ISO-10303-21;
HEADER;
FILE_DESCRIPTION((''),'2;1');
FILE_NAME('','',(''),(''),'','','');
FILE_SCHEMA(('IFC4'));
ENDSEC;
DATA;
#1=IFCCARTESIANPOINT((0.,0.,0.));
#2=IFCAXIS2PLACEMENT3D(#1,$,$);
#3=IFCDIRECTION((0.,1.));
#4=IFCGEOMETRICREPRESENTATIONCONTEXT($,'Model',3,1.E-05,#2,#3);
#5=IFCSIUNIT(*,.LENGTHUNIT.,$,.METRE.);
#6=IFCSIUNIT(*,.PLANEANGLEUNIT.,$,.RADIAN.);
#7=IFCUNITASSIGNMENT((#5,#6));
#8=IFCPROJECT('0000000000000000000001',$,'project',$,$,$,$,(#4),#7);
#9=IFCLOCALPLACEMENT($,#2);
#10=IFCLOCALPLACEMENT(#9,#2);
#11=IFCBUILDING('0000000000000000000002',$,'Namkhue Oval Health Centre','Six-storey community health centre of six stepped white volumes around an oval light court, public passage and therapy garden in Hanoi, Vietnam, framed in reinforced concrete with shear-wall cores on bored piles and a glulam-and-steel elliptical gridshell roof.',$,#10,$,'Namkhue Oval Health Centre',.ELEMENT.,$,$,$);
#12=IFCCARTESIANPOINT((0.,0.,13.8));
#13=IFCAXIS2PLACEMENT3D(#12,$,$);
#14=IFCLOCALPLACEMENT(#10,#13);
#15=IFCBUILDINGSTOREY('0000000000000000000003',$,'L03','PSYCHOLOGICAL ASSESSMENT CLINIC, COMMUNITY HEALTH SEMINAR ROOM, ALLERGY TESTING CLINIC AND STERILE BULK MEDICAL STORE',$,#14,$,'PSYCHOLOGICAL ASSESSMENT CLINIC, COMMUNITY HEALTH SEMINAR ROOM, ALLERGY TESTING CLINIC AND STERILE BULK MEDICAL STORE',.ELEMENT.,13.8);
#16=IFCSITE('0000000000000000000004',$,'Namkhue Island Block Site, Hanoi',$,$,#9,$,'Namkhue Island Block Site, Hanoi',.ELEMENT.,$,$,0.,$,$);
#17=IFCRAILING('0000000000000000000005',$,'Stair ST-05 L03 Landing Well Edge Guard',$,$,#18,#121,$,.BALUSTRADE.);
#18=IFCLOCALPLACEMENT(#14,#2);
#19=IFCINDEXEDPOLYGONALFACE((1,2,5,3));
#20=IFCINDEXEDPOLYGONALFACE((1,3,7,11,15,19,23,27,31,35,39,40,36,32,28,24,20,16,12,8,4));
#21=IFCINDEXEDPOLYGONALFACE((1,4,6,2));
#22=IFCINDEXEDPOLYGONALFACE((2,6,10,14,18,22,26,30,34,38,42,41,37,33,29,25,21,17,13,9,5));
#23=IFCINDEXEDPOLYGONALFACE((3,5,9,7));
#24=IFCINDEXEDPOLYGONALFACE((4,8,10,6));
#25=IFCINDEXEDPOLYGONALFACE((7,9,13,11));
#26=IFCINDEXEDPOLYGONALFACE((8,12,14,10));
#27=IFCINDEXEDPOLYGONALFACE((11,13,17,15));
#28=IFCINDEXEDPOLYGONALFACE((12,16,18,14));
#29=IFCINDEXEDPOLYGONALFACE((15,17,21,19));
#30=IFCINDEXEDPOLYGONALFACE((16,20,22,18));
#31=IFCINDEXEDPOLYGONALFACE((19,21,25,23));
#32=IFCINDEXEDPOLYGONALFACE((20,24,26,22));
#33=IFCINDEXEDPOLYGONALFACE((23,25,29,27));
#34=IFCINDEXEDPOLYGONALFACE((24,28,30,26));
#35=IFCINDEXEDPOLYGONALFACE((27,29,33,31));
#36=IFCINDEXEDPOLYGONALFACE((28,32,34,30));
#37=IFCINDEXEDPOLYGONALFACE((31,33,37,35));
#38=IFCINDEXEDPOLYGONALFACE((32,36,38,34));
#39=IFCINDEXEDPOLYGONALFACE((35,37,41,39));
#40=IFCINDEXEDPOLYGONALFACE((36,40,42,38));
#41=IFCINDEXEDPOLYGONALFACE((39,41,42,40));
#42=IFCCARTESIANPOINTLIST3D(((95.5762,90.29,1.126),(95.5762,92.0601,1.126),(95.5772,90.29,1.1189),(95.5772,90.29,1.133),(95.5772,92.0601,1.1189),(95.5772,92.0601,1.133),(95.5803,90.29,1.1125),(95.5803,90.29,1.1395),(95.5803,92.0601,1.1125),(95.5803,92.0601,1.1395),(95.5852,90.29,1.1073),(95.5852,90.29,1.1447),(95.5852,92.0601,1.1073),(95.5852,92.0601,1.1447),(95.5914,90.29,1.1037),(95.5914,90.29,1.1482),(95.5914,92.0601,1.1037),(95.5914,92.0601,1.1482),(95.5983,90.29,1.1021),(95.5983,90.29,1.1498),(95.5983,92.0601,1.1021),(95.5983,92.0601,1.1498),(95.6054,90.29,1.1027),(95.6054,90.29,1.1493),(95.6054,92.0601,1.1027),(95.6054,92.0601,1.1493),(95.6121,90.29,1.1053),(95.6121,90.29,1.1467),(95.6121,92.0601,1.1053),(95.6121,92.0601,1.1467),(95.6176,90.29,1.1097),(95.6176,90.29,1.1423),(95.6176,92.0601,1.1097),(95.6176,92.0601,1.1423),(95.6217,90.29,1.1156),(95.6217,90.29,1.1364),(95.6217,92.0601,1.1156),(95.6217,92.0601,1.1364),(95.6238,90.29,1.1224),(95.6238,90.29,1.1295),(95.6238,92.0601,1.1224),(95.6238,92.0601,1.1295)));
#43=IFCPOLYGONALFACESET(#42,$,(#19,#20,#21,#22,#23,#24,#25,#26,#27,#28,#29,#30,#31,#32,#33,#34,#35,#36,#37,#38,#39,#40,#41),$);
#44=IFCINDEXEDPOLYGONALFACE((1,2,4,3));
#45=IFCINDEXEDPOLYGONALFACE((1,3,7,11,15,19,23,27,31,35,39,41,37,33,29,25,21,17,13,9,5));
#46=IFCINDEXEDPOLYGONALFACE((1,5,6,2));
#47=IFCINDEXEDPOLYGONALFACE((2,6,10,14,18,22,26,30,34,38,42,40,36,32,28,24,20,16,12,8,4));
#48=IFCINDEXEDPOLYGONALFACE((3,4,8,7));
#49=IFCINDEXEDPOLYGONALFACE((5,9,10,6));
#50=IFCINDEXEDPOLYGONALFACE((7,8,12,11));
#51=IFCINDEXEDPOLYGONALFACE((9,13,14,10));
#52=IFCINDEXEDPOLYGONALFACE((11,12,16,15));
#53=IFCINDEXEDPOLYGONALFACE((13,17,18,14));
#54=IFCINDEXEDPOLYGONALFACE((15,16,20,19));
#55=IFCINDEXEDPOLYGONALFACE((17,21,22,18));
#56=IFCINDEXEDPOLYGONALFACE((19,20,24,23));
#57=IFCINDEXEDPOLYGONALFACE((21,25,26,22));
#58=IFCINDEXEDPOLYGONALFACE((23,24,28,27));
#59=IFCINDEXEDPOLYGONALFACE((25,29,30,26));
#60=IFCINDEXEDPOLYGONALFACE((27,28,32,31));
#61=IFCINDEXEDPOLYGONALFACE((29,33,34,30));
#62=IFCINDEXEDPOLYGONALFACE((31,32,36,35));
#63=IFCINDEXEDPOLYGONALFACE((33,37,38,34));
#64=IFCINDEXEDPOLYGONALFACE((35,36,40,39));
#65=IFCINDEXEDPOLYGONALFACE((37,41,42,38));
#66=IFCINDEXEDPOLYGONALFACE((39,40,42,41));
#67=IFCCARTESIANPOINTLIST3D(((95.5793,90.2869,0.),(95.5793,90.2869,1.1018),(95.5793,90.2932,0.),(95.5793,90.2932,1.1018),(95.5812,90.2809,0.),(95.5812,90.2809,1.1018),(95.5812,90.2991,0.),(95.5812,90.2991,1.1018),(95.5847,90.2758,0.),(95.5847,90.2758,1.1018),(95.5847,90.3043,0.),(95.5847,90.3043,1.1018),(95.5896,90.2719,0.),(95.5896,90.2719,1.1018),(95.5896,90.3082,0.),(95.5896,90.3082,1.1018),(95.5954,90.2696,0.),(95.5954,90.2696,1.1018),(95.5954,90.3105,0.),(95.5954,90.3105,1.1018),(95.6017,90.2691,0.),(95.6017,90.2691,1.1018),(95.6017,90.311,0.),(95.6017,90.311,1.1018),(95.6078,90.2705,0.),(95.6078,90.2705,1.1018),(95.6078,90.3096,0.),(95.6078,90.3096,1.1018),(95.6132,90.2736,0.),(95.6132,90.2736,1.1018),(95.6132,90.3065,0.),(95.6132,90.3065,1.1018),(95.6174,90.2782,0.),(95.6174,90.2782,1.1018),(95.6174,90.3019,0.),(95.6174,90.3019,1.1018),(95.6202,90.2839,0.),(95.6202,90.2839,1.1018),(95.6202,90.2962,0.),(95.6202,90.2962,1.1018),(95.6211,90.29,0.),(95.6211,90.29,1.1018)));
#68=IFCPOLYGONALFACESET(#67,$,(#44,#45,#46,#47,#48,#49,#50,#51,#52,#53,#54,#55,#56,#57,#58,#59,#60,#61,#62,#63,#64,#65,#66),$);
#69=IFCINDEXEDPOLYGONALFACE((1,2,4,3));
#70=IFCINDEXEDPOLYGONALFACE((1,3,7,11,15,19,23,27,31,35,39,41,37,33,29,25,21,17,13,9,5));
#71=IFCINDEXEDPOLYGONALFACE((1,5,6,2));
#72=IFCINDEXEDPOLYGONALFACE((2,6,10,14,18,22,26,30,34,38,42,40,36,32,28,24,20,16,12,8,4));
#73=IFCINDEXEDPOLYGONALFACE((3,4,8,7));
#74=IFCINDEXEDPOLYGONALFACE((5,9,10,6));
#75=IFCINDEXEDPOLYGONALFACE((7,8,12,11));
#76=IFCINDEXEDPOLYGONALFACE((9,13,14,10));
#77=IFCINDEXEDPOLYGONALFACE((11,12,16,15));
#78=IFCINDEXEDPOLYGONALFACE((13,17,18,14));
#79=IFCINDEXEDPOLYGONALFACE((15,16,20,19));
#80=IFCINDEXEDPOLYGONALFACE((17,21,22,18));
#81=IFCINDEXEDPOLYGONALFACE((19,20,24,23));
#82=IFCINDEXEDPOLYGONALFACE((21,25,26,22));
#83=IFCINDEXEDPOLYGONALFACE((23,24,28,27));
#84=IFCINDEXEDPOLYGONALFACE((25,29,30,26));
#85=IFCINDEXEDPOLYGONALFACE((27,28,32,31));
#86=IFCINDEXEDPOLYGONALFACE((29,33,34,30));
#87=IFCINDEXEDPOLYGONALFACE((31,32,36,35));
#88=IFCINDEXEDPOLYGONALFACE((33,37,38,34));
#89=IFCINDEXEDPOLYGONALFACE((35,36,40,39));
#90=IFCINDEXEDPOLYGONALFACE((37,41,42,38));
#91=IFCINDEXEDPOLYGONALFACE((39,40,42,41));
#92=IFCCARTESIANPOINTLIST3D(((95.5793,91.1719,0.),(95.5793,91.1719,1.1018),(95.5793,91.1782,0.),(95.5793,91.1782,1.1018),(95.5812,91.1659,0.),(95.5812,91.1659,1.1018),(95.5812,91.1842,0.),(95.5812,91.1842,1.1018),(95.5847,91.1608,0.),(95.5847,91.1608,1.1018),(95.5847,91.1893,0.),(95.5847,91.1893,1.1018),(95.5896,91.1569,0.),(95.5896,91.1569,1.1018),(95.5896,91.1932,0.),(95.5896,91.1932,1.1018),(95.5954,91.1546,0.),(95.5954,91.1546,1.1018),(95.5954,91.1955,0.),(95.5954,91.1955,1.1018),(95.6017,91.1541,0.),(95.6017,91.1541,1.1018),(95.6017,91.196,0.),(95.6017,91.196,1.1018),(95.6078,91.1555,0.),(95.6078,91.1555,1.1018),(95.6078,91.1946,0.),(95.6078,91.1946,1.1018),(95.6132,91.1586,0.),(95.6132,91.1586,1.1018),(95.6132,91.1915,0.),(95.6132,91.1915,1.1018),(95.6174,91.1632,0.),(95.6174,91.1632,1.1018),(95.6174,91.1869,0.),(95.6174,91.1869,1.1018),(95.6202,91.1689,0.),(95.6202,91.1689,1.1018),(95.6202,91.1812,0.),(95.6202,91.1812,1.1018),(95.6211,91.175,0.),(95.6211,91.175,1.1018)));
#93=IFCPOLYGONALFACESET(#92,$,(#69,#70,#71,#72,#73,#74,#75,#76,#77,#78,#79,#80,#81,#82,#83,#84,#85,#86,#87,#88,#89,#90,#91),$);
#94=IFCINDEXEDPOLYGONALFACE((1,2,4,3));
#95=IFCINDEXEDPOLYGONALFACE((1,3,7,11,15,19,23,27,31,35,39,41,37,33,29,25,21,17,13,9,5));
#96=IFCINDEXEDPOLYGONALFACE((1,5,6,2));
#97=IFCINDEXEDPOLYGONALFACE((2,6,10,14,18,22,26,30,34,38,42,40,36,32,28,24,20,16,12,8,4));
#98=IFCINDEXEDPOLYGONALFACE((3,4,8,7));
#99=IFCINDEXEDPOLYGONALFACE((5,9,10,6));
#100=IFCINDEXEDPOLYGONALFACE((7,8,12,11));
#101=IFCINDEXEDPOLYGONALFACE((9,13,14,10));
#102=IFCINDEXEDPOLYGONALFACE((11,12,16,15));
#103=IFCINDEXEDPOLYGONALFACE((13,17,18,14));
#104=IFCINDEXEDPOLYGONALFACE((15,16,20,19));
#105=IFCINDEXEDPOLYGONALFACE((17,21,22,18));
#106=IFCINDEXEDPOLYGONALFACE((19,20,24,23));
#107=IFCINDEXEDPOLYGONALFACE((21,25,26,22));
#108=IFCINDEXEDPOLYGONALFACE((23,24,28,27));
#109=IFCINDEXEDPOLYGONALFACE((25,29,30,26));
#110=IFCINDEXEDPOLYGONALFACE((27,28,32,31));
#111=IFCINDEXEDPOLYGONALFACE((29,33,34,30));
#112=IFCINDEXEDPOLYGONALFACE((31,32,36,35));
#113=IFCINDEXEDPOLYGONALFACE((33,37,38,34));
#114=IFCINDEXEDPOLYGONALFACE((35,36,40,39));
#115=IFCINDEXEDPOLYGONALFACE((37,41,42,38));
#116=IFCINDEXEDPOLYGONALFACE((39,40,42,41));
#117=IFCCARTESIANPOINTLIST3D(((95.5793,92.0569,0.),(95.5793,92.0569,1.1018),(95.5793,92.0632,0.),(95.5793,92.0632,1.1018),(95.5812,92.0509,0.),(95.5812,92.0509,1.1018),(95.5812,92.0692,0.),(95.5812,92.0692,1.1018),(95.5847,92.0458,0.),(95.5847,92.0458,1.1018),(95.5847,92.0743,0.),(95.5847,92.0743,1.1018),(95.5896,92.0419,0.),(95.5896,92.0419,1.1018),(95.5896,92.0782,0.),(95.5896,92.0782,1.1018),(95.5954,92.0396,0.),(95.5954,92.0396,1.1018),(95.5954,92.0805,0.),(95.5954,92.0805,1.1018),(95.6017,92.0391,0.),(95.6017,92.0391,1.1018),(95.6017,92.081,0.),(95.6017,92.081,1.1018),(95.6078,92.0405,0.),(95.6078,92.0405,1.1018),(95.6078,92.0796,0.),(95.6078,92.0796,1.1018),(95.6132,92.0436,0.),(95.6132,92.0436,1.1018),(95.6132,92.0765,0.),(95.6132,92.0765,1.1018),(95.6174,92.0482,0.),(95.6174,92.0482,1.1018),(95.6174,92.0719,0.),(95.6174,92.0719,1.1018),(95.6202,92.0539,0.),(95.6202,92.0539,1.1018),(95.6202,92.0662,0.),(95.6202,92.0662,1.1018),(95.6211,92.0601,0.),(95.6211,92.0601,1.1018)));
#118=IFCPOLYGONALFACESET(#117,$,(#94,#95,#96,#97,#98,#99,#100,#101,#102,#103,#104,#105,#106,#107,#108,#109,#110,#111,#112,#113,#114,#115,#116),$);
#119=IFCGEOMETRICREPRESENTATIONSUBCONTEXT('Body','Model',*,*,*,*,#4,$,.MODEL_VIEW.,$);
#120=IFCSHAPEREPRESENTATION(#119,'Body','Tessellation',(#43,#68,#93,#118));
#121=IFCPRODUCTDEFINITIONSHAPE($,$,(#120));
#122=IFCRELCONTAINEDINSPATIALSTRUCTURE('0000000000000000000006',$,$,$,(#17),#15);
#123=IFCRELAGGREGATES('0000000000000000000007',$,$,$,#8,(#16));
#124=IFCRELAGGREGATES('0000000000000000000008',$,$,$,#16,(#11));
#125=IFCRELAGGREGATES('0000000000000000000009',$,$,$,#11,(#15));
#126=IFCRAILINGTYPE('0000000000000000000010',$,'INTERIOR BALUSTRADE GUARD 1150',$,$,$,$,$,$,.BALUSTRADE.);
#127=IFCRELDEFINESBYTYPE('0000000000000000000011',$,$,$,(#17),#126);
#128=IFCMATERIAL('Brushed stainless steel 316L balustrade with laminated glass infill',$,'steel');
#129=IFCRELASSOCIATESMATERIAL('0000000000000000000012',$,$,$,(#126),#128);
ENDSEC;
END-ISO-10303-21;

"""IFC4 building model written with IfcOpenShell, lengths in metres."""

from ifc_helpers import new_model, si_unit, direction, frame, origin, origin_2d, place, context, subcontext, project, spatial, circle, extrude, material, type_object, element, save


model = new_model("IFC4")

# Units and contexts
model_context = context("Model", 3, precision=1e-05, world=origin(), true_north=direction((0.0, 1.0)))
body_context = subcontext(model_context, "Body", "Model", "MODEL_VIEW")
ifc_project = project(units=[si_unit("LENGTHUNIT", "METRE"), si_unit("PLANEANGLEUNIT", "RADIAN")], contexts=[model_context])

# Site, building, storey
site_placement = place(None, origin())
site = spatial("IfcSite", under=ifc_project, at=site_placement, Name="Namkhue Island Block Site, Hanoi", LongName="Namkhue Island Block Site, Hanoi", CompositionType="ELEMENT", RefElevation=0.0)
building_placement = place(site_placement, origin())
building = spatial("IfcBuilding", under=site, at=building_placement, Name="Namkhue Oval Health Centre", Description="Six-storey community health centre of six stepped white volumes around an oval light court, public passage and therapy garden in Hanoi, Vietnam, framed in reinforced concrete with shear-wall cores on bored piles and a glulam-and-steel elliptical gridshell roof.", LongName="Namkhue Oval Health Centre", CompositionType="ELEMENT")
storey_placement = place(building_placement, frame((0.0, 0.0, 13.8)))
storey = spatial("IfcBuildingStorey", under=building, at=storey_placement, Name="L03", Description="PSYCHOLOGICAL ASSESSMENT CLINIC, COMMUNITY HEALTH SEMINAR ROOM, ALLERGY TESTING CLINIC AND STERILE BULK MEDICAL STORE", LongName="PSYCHOLOGICAL ASSESSMENT CLINIC, COMMUNITY HEALTH SEMINAR ROOM, ALLERGY TESTING CLINIC AND STERILE BULK MEDICAL STORE", CompositionType="ELEMENT", Elevation=13.8)

# Railing
ifc_material_1 = material(Name="Brushed stainless steel 316L balustrade with laminated glass infill", Category="steel")
railing_type_1 = type_object("IfcRailingType", Name="INTERIOR BALUSTRADE GUARD 1150", PredefinedType="BALUSTRADE", material=ifc_material_1)
railing_1_placement = place(storey_placement, frame((95.6001, 90.29, 0.0)))
element("IfcRailing", 1, at=railing_1_placement, inside=storey, type_object=railing_type_1, Name="Stair ST-05 L03 Landing Well Edge Guard", PredefinedType="BALUSTRADE", context=body_context, shape_type="SweptSolid", body=[
    extrude(circle(Radius=0.0239, at=origin_2d()), frame((0.0, 0.0, 1.126), z_axis=(0.0, 1.0, 0.0), x_axis=(-1.0, 0.0, 0.0)), (0.0, 0.0, 1.0), 1.77),
    extrude(circle(Radius=0.021, at=origin_2d()), origin(), (0.0, 0.0, 1.0), 1.1018),
    extrude(circle(Radius=0.021, at=origin_2d()), frame((0.0, 0.885, 0.0)), (0.0, 0.0, 1.0), 1.1018),
    extrude(circle(Radius=0.021, at=origin_2d()), frame((0.0, 1.77, 0.0)), (0.0, 0.0, 1.0), 1.1018),
])

save(model, "model.ifc")
